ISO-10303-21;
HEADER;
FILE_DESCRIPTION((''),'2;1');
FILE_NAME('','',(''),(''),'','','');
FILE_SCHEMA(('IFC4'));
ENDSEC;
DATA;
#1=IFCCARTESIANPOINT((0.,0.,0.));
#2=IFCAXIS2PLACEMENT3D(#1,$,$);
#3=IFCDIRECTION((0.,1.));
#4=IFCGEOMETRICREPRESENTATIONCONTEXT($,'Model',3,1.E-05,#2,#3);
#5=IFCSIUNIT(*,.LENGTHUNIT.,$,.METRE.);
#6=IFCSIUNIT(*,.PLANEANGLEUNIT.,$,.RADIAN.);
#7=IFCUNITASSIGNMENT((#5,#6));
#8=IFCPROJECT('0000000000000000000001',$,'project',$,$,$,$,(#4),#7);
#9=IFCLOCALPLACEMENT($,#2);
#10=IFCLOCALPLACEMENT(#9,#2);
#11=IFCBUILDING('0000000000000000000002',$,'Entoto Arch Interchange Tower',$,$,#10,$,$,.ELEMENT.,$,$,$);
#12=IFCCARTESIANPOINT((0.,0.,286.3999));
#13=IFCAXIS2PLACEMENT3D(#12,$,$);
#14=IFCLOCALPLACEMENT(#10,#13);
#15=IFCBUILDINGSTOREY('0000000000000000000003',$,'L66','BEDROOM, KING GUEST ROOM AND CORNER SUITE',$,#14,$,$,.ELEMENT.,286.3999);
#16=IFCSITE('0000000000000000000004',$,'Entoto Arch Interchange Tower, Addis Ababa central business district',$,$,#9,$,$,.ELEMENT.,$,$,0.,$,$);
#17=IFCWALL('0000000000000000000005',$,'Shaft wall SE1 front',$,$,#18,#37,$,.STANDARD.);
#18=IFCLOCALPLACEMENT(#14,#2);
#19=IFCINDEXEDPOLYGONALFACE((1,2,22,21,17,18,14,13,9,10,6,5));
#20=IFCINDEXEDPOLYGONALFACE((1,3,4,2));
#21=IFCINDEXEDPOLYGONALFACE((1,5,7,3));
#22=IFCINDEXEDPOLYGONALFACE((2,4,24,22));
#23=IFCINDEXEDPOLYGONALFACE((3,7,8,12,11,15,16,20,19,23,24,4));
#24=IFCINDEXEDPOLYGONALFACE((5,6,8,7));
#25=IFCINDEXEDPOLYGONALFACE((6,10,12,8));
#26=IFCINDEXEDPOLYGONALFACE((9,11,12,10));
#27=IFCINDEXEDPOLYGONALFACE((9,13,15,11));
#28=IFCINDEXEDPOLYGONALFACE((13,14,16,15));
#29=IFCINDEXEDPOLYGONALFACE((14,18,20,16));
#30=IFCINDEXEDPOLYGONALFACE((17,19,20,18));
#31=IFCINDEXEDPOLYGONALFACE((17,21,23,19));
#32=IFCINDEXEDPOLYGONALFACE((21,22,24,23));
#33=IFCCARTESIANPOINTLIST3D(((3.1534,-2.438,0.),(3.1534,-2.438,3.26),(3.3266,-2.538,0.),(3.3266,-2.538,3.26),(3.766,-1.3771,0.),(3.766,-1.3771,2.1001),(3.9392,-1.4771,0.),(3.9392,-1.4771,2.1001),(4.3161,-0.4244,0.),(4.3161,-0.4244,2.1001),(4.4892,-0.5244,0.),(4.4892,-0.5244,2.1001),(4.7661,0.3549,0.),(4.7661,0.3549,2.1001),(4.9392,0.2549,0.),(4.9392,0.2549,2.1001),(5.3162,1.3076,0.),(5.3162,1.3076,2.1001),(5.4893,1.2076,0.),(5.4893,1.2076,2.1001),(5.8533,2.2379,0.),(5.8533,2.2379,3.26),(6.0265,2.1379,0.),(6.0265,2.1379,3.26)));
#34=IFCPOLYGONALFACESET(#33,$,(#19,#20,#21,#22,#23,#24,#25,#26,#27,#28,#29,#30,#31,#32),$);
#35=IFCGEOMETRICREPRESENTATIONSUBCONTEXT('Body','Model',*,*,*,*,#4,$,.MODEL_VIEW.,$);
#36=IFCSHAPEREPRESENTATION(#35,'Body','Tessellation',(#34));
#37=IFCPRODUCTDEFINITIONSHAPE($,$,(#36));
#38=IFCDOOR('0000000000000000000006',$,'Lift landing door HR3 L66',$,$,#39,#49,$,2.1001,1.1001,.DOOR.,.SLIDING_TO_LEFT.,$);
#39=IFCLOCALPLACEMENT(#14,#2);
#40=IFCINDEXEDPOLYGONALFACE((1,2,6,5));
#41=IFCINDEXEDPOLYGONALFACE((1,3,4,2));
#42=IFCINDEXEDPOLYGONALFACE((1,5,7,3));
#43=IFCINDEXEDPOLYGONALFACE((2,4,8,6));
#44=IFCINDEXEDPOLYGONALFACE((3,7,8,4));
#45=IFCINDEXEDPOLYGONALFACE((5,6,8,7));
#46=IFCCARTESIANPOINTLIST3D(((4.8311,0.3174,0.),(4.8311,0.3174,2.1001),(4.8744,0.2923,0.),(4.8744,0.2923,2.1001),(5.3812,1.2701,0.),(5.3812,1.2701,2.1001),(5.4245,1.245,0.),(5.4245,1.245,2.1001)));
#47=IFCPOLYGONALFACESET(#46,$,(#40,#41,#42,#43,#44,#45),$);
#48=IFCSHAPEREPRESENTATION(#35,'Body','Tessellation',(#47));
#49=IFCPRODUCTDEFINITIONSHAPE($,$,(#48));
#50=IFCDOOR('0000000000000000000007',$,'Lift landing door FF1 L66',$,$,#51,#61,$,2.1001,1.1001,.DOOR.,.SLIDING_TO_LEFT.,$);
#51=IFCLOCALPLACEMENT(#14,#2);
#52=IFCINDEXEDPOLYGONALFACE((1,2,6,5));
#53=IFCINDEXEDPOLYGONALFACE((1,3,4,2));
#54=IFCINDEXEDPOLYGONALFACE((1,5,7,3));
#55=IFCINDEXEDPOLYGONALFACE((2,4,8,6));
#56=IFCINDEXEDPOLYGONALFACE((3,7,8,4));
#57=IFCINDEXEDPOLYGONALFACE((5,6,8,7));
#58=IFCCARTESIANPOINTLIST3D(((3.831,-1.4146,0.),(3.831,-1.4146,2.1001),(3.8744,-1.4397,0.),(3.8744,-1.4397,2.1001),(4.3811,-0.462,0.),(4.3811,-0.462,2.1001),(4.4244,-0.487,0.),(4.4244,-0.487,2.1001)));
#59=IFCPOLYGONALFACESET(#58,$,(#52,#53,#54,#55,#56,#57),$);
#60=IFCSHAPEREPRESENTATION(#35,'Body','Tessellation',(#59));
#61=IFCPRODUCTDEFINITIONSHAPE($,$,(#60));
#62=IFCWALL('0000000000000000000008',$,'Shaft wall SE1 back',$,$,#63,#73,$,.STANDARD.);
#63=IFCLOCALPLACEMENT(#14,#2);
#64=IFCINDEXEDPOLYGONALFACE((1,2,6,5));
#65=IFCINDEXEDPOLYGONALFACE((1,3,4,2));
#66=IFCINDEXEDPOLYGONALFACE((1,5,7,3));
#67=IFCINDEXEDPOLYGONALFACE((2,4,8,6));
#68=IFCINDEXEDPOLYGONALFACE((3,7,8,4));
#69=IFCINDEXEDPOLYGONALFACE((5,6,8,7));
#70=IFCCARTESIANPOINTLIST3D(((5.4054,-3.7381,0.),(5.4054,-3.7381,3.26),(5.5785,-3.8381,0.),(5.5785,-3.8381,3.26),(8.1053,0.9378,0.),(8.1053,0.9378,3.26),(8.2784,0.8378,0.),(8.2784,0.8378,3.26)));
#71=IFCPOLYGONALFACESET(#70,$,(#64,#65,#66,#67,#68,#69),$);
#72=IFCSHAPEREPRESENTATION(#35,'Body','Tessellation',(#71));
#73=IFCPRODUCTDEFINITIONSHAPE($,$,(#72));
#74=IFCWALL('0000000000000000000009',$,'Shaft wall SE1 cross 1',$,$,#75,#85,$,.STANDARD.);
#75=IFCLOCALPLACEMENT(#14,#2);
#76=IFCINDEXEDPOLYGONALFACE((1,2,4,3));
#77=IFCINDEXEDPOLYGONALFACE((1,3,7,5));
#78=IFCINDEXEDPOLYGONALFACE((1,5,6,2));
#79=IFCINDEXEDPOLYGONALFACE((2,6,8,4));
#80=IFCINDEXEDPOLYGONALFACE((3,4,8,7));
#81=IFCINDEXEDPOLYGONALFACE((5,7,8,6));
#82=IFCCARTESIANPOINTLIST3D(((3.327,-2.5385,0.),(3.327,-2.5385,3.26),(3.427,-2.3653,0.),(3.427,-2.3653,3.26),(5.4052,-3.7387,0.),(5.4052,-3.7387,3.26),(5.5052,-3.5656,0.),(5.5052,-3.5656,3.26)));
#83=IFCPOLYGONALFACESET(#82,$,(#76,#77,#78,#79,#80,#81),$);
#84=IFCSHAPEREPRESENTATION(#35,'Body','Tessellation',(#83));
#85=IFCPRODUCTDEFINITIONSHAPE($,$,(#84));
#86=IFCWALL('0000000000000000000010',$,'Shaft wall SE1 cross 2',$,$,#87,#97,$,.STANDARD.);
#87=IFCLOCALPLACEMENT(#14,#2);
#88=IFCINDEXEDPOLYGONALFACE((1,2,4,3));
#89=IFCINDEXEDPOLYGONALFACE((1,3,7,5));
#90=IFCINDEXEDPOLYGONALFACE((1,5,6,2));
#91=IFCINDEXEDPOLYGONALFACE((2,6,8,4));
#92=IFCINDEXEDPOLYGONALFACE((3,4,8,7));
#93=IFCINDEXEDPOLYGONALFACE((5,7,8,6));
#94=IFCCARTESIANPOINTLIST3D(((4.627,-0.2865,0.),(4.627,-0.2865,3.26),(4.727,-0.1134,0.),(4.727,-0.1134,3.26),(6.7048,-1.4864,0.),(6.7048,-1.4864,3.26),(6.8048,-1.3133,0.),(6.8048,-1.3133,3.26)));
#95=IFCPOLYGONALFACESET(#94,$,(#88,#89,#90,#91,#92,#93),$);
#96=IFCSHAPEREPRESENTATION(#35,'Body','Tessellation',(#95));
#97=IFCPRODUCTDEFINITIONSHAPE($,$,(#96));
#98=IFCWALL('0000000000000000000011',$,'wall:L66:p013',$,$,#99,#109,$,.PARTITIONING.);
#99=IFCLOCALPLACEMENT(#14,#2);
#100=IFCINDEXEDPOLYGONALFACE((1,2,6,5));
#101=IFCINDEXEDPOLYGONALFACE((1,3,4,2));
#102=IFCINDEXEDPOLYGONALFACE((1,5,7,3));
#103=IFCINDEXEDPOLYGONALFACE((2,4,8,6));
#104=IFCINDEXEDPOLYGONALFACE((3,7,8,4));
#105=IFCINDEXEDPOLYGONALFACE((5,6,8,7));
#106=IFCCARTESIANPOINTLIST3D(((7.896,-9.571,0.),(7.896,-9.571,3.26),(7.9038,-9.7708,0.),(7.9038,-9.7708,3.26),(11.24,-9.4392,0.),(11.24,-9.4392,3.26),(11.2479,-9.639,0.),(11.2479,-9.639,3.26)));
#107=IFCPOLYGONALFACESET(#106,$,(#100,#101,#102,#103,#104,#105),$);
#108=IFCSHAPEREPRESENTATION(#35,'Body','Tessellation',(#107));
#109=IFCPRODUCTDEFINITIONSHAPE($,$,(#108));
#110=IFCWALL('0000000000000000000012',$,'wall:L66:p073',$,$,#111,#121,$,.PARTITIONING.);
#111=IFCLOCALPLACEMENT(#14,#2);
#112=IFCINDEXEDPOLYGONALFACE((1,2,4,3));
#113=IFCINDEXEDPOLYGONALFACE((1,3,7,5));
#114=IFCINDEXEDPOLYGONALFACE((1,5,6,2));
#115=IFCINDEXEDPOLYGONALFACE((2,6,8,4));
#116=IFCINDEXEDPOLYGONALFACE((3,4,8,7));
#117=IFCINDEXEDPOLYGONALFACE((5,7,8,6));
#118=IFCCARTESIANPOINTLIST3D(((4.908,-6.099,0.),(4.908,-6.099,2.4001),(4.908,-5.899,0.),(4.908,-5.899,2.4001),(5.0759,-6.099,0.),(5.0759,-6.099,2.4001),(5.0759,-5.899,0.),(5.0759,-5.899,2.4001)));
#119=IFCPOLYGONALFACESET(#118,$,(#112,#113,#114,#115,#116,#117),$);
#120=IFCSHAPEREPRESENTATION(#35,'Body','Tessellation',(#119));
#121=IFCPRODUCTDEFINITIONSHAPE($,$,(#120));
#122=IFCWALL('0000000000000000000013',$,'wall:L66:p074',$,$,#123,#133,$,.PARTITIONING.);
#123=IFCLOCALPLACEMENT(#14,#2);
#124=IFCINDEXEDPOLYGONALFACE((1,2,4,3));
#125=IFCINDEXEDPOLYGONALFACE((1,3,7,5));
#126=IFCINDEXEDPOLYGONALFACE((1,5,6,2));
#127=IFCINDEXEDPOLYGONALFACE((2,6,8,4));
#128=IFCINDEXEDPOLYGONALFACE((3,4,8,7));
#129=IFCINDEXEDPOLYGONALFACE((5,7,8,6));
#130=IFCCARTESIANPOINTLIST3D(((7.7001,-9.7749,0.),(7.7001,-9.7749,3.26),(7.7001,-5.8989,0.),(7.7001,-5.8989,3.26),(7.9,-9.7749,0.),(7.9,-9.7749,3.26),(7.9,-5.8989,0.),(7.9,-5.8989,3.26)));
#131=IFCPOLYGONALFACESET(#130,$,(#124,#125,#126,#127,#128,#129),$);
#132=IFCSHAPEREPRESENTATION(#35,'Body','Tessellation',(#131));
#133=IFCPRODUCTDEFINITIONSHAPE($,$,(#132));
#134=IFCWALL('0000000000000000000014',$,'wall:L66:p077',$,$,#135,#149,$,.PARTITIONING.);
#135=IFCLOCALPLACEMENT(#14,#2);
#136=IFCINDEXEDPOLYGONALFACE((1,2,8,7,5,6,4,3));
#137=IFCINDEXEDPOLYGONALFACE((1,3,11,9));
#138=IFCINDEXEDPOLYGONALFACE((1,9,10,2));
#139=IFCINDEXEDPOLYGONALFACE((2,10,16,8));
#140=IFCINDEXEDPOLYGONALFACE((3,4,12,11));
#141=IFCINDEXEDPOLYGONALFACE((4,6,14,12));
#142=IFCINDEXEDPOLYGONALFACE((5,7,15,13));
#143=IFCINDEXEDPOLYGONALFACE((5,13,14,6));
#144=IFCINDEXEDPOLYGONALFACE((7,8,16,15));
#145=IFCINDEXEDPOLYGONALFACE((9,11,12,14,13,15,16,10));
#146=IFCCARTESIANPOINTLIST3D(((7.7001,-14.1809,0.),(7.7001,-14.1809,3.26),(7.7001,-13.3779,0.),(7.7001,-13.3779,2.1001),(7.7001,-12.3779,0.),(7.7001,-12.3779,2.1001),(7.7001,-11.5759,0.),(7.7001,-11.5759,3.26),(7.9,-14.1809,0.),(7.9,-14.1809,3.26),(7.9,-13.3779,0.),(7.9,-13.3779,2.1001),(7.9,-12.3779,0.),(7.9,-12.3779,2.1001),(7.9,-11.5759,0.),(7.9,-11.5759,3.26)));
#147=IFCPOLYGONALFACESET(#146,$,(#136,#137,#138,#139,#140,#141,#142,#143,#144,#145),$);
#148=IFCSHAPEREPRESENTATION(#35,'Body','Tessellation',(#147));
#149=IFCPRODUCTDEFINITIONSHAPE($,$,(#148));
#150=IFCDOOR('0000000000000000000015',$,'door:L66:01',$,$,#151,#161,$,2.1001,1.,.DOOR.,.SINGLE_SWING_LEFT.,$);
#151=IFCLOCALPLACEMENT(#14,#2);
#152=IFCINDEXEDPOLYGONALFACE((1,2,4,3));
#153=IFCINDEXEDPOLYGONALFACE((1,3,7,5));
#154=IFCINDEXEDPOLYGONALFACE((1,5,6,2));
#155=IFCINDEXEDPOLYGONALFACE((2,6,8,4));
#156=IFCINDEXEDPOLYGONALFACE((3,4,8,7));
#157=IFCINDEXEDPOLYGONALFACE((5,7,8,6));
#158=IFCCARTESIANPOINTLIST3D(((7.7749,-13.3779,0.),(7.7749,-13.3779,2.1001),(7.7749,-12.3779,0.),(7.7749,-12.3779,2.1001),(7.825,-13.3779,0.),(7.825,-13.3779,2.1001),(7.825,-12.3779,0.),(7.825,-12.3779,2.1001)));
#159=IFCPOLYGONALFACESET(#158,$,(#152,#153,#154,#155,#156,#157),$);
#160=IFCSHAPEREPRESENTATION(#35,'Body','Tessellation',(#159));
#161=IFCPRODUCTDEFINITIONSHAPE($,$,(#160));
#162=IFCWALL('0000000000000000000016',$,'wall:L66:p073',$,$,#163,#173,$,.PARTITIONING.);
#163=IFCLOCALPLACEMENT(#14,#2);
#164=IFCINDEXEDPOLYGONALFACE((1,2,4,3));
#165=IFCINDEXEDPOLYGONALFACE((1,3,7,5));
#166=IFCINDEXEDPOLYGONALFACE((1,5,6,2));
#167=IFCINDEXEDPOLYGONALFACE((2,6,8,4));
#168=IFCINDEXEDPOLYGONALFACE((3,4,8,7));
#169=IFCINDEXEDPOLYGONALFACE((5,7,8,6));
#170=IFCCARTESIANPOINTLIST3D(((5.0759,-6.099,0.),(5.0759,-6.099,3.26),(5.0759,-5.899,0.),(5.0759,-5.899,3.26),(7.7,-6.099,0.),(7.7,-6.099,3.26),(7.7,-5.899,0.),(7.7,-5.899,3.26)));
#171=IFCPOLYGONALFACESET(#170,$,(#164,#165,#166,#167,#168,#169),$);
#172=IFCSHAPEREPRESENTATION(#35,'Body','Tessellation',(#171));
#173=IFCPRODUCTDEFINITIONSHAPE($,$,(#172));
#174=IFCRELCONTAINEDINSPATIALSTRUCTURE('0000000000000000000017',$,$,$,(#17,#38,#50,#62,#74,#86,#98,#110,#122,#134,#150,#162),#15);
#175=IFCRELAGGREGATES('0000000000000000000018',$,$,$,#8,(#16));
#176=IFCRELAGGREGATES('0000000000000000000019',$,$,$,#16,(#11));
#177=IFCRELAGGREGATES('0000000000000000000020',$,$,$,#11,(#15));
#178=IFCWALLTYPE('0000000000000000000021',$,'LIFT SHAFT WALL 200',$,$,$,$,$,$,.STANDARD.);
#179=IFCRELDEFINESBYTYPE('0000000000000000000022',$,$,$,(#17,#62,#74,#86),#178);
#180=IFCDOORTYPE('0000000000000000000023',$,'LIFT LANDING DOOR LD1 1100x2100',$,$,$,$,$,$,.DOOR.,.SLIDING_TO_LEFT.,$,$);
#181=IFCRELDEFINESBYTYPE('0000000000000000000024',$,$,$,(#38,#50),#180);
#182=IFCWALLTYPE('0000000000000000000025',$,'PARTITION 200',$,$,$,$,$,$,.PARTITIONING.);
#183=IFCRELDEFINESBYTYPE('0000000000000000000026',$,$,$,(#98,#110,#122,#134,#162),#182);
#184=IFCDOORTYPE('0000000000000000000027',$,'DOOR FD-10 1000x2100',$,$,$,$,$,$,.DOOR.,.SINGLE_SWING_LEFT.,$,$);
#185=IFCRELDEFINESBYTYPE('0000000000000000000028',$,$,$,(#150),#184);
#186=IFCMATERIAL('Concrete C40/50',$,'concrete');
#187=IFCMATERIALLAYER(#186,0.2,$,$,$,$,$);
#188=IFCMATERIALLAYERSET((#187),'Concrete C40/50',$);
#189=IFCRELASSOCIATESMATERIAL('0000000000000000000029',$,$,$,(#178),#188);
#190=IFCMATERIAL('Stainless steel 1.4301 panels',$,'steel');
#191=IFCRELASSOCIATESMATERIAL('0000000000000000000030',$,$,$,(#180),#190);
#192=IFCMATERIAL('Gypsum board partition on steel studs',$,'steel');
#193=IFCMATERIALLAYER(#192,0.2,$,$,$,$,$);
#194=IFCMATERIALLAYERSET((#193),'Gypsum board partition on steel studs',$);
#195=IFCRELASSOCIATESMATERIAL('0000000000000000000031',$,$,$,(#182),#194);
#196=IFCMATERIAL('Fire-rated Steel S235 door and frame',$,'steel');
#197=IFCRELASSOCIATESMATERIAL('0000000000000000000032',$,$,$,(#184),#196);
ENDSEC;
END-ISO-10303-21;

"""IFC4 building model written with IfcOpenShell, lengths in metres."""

from ifc_helpers import new_model, si_unit, direction, frame, frame_2d, origin, place, context, subcontext, project, spatial, rectangle, extrude, material, layer, layer_set, type_object, element, fill, save


model = new_model("IFC4")

# Units and contexts
model_context = context("Model", 3, precision=1e-05, world=origin(), true_north=direction((0.0, 1.0)))
body_context = subcontext(model_context, "Body", "Model", "MODEL_VIEW")
ifc_project = project(units=[si_unit("LENGTHUNIT", "METRE"), si_unit("PLANEANGLEUNIT", "RADIAN")], contexts=[model_context])

# Site, building, storey
site_placement = place(None, origin())
site = spatial("IfcSite", under=ifc_project, at=site_placement, Name="Entoto Arch Interchange Tower, Addis Ababa central business district", CompositionType="ELEMENT", RefElevation=0.0)
building_placement = place(site_placement, origin())
building = spatial("IfcBuilding", under=site, at=building_placement, Name="Entoto Arch Interchange Tower", CompositionType="ELEMENT")
storey_placement = place(building_placement, frame((0.0, 0.0, 286.3999)))
storey = spatial("IfcBuildingStorey", under=building, at=storey_placement, Name="L66", Description="BEDROOM, KING GUEST ROOM AND CORNER SUITE", CompositionType="ELEMENT", Elevation=286.3999)

# Shared definitions
ifc_material_1 = material(Name="Concrete C40/50", Category="concrete")

# Shared definitions
ifc_material_2 = material(Name="Fire-rated Steel S235 door and frame", Category="steel")

# Wall, openings, doors
ifc_layer_1 = layer(ifc_material_1, 0.2)
ifc_layer_set_1 = layer_set([ifc_layer_1], Name="Concrete C40/50")
wall_type_1 = type_object("IfcWallType", Name="LIFT SHAFT WALL 200", PredefinedType="STANDARD", material=ifc_layer_set_1)
wall_1_placement = place(storey_placement, frame((3.24, -2.488, 0.0), z_axis=(0.0, 0.0, 1.0), x_axis=(0.500034, 0.866006, 0.0)))
wall_1 = element("IfcWall", 1, at=wall_1_placement, inside=storey, type_object=wall_type_1, Name="Shaft wall SE1 front", PredefinedType="STANDARD", context=body_context, shape_type="SweptSolid", body=[
    extrude(rectangle(XDim=5.3994, YDim=0.2, at=frame_2d((2.6997, 0.0))), origin(), (0.0, 0.0, 1.0), 3.26),
])
opening_1_placement = place(wall_1_placement, frame((3.2251, 0.0, 0.0)))
opening_1 = element("IfcOpeningElement", 2, at=opening_1_placement, cuts=wall_1, PredefinedType="OPENING", context=body_context, shape_type="SweptSolid", body=[
    extrude(rectangle(XDim=1.1001, YDim=2.1001, at=frame_2d((0.55, 1.05))), frame((0.0, 0.1099, 0.0), z_axis=(0.0, -1.0, 0.0), x_axis=(1.0, 0.0, 0.0)), (0.0, 0.0, 1.0), 0.22),
])
opening_2_placement = place(wall_1_placement, frame((1.2251, 0.0, 0.0)))
opening_2 = element("IfcOpeningElement", 3, at=opening_2_placement, cuts=wall_1, PredefinedType="OPENING", context=body_context, shape_type="SweptSolid", body=[
    extrude(rectangle(XDim=1.1001, YDim=2.1001, at=frame_2d((0.55, 1.05))), frame((0.0, 0.1099, 0.0), z_axis=(0.0, -1.0, 0.0), x_axis=(1.0, 0.0, 0.0)), (0.0, 0.0, 1.0), 0.22),
])
ifc_material_3 = material(Name="Stainless steel 1.4301 panels", Category="steel")
door_type_1 = type_object("IfcDoorType", Name="LIFT LANDING DOOR LD1 1100x2100", OperationType="SLIDING_TO_LEFT", PredefinedType="DOOR", material=ifc_material_3)
door_1_placement = place(opening_1_placement, origin())
door_1 = element("IfcDoor", 4, at=door_1_placement, inside=storey, type_object=door_type_1, Name="Lift landing door HR3 L66", OperationType="SLIDING_TO_LEFT", OverallHeight=2.1001, OverallWidth=1.1001, PredefinedType="DOOR", context=body_context, shape_type="SweptSolid", body=[
    extrude(rectangle(XDim=1.1001, YDim=2.1001, at=frame_2d((0.55, 1.05))), frame((0.0, 0.0249, 0.0), z_axis=(0.0, -1.0, 0.0), x_axis=(1.0, 0.0, 0.0)), (0.0, 0.0, 1.0), 0.05),
])
fill(opening_1, door_1)
door_2_placement = place(opening_2_placement, origin())
door_2 = element("IfcDoor", 5, at=door_2_placement, inside=storey, type_object=door_type_1, Name="Lift landing door FF1 L66", OperationType="SLIDING_TO_LEFT", OverallHeight=2.1001, OverallWidth=1.1001, PredefinedType="DOOR", context=body_context, shape_type="SweptSolid", body=[
    extrude(rectangle(XDim=1.1001, YDim=2.1001, at=frame_2d((0.55, 1.05))), frame((0.0, 0.0249, 0.0), z_axis=(0.0, -1.0, 0.0), x_axis=(1.0, 0.0, 0.0)), (0.0, 0.0, 1.0), 0.05),
])
fill(opening_2, door_2)

# Walls
wall_2_placement = place(storey_placement, frame((5.4919, -3.7881, 0.0), z_axis=(0.0, 0.0, 1.0), x_axis=(0.500034, 0.866006, 0.0)))
element("IfcWall", 6, at=wall_2_placement, inside=storey, type_object=wall_type_1, Name="Shaft wall SE1 back", PredefinedType="STANDARD", context=body_context, shape_type="SweptSolid", body=[
    extrude(rectangle(XDim=5.3994, YDim=0.2, at=frame_2d((2.6997, 0.0))), origin(), (0.0, 0.0, 1.0), 3.26),
])
wall_3_placement = place(storey_placement, frame((3.377, -2.4519, 0.0), z_axis=(0.0, 0.0, 1.0), x_axis=(0.865955, -0.500122, 0.0)))
element("IfcWall", 7, at=wall_3_placement, inside=storey, type_object=wall_type_1, Name="Shaft wall SE1 cross 1", PredefinedType="STANDARD", context=body_context, shape_type="SweptSolid", body=[
    extrude(rectangle(XDim=2.3999, YDim=0.2, at=frame_2d((1.2, 0.0))), origin(), (0.0, 0.0, 1.0), 3.26),
])
wall_4_placement = place(storey_placement, frame((4.677, -0.2, 0.0), z_axis=(0.0, 0.0, 1.0), x_axis=(0.865974, -0.500089, 0.0)))
element("IfcWall", 8, at=wall_4_placement, inside=storey, type_object=wall_type_1, Name="Shaft wall SE1 cross 2", PredefinedType="STANDARD", context=body_context, shape_type="SweptSolid", body=[
    extrude(rectangle(XDim=2.3994, YDim=0.2, at=frame_2d((1.1997, 0.0))), origin(), (0.0, 0.0, 1.0), 3.26),
])
ifc_material_4 = material(Name="Gypsum board partition on steel studs", Category="steel")
ifc_layer_2 = layer(ifc_material_4, 0.2)
ifc_layer_set_2 = layer_set([ifc_layer_2], Name="Gypsum board partition on steel studs")
wall_type_2 = type_object("IfcWallType", Name="PARTITION 200", PredefinedType="PARTITIONING", material=ifc_layer_set_2)
wall_5_placement = place(storey_placement, frame((7.8999, -9.6709, 0.0), z_axis=(0.0, 0.0, 1.0), x_axis=(0.999224, 0.039394, 0.0)))
element("IfcWall", 9, at=wall_5_placement, inside=storey, type_object=wall_type_2, Name="wall:L66:p013", PredefinedType="PARTITIONING", context=body_context, shape_type="SweptSolid", body=[
    extrude(rectangle(XDim=3.3467, YDim=0.2, at=frame_2d((1.6733, 0.0))), origin(), (0.0, 0.0, 1.0), 3.26),
])
wall_6_placement = place(storey_placement, frame((4.908, -5.999, 0.0), z_axis=(0.0, 0.0, 1.0), x_axis=(1.0, 0.0, 0.0)))
element("IfcWall", 10, at=wall_6_placement, inside=storey, type_object=wall_type_2, Name="wall:L66:p073", PredefinedType="PARTITIONING", context=body_context, shape_type="SweptSolid", body=[
    extrude(rectangle(XDim=0.168, YDim=0.2, at=frame_2d((0.084, 0.0))), origin(), (0.0, 0.0, 1.0), 2.4001),
])
wall_7_placement = place(storey_placement, frame((7.8, -5.8989, 0.0), z_axis=(0.0, 0.0, 1.0), x_axis=(0.0, -1.0, 0.0)))
element("IfcWall", 11, at=wall_7_placement, inside=storey, type_object=wall_type_2, Name="wall:L66:p074", PredefinedType="PARTITIONING", context=body_context, shape_type="SweptSolid", body=[
    extrude(rectangle(XDim=3.876, YDim=0.2, at=frame_2d((1.938, 0.0))), origin(), (0.0, 0.0, 1.0), 3.26),
])

# Wall, opening, door
wall_8_placement = place(storey_placement, frame((7.8, -11.5759, 0.0), z_axis=(0.0, 0.0, 1.0), x_axis=(0.0, -1.0, 0.0)))
wall_8 = element("IfcWall", 12, at=wall_8_placement, inside=storey, type_object=wall_type_2, Name="wall:L66:p077", PredefinedType="PARTITIONING", context=body_context, shape_type="SweptSolid", body=[
    extrude(rectangle(XDim=2.605, YDim=0.2, at=frame_2d((1.3025, 0.0))), origin(), (0.0, 0.0, 1.0), 3.26),
])
opening_3_placement = place(wall_8_placement, frame((0.802, 0.0, 0.0)))
opening_3 = element("IfcOpeningElement", 13, at=opening_3_placement, cuts=wall_8, PredefinedType="OPENING", context=body_context, shape_type="SweptSolid", body=[
    extrude(rectangle(XDim=1.0, YDim=2.1001, at=frame_2d((0.5, 1.05))), frame((0.0, 0.1099, 0.0), z_axis=(0.0, -1.0, 0.0), x_axis=(1.0, 0.0, 0.0)), (0.0, 0.0, 1.0), 0.22),
])
door_type_2 = type_object("IfcDoorType", Name="DOOR FD-10 1000x2100", OperationType="SINGLE_SWING_LEFT", PredefinedType="DOOR", material=ifc_material_2)
door_3_placement = place(opening_3_placement, origin())
door_3 = element("IfcDoor", 14, at=door_3_placement, inside=storey, type_object=door_type_2, Name="door:L66:01", OperationType="SINGLE_SWING_LEFT", OverallHeight=2.1001, OverallWidth=1.0, PredefinedType="DOOR", context=body_context, shape_type="SweptSolid", body=[
    extrude(rectangle(XDim=1.0, YDim=2.1001, at=frame_2d((0.5, 1.05))), frame((0.0, 0.0249, 0.0), z_axis=(0.0, -1.0, 0.0), x_axis=(1.0, 0.0, 0.0)), (0.0, 0.0, 1.0), 0.05),
])
fill(opening_3, door_3)

# Wall
wall_9_placement = place(storey_placement, frame((5.0759, -5.999, 0.0), z_axis=(0.0, 0.0, 1.0), x_axis=(1.0, 0.0, 0.0)))
element("IfcWall", 15, at=wall_9_placement, inside=storey, type_object=wall_type_2, Name="wall:L66:p073", PredefinedType="PARTITIONING", context=body_context, shape_type="SweptSolid", body=[
    extrude(rectangle(XDim=2.624, YDim=0.2, at=frame_2d((1.312, 0.0))), origin(), (0.0, 0.0, 1.0), 3.26),
])

save(model, "model.ifc")
